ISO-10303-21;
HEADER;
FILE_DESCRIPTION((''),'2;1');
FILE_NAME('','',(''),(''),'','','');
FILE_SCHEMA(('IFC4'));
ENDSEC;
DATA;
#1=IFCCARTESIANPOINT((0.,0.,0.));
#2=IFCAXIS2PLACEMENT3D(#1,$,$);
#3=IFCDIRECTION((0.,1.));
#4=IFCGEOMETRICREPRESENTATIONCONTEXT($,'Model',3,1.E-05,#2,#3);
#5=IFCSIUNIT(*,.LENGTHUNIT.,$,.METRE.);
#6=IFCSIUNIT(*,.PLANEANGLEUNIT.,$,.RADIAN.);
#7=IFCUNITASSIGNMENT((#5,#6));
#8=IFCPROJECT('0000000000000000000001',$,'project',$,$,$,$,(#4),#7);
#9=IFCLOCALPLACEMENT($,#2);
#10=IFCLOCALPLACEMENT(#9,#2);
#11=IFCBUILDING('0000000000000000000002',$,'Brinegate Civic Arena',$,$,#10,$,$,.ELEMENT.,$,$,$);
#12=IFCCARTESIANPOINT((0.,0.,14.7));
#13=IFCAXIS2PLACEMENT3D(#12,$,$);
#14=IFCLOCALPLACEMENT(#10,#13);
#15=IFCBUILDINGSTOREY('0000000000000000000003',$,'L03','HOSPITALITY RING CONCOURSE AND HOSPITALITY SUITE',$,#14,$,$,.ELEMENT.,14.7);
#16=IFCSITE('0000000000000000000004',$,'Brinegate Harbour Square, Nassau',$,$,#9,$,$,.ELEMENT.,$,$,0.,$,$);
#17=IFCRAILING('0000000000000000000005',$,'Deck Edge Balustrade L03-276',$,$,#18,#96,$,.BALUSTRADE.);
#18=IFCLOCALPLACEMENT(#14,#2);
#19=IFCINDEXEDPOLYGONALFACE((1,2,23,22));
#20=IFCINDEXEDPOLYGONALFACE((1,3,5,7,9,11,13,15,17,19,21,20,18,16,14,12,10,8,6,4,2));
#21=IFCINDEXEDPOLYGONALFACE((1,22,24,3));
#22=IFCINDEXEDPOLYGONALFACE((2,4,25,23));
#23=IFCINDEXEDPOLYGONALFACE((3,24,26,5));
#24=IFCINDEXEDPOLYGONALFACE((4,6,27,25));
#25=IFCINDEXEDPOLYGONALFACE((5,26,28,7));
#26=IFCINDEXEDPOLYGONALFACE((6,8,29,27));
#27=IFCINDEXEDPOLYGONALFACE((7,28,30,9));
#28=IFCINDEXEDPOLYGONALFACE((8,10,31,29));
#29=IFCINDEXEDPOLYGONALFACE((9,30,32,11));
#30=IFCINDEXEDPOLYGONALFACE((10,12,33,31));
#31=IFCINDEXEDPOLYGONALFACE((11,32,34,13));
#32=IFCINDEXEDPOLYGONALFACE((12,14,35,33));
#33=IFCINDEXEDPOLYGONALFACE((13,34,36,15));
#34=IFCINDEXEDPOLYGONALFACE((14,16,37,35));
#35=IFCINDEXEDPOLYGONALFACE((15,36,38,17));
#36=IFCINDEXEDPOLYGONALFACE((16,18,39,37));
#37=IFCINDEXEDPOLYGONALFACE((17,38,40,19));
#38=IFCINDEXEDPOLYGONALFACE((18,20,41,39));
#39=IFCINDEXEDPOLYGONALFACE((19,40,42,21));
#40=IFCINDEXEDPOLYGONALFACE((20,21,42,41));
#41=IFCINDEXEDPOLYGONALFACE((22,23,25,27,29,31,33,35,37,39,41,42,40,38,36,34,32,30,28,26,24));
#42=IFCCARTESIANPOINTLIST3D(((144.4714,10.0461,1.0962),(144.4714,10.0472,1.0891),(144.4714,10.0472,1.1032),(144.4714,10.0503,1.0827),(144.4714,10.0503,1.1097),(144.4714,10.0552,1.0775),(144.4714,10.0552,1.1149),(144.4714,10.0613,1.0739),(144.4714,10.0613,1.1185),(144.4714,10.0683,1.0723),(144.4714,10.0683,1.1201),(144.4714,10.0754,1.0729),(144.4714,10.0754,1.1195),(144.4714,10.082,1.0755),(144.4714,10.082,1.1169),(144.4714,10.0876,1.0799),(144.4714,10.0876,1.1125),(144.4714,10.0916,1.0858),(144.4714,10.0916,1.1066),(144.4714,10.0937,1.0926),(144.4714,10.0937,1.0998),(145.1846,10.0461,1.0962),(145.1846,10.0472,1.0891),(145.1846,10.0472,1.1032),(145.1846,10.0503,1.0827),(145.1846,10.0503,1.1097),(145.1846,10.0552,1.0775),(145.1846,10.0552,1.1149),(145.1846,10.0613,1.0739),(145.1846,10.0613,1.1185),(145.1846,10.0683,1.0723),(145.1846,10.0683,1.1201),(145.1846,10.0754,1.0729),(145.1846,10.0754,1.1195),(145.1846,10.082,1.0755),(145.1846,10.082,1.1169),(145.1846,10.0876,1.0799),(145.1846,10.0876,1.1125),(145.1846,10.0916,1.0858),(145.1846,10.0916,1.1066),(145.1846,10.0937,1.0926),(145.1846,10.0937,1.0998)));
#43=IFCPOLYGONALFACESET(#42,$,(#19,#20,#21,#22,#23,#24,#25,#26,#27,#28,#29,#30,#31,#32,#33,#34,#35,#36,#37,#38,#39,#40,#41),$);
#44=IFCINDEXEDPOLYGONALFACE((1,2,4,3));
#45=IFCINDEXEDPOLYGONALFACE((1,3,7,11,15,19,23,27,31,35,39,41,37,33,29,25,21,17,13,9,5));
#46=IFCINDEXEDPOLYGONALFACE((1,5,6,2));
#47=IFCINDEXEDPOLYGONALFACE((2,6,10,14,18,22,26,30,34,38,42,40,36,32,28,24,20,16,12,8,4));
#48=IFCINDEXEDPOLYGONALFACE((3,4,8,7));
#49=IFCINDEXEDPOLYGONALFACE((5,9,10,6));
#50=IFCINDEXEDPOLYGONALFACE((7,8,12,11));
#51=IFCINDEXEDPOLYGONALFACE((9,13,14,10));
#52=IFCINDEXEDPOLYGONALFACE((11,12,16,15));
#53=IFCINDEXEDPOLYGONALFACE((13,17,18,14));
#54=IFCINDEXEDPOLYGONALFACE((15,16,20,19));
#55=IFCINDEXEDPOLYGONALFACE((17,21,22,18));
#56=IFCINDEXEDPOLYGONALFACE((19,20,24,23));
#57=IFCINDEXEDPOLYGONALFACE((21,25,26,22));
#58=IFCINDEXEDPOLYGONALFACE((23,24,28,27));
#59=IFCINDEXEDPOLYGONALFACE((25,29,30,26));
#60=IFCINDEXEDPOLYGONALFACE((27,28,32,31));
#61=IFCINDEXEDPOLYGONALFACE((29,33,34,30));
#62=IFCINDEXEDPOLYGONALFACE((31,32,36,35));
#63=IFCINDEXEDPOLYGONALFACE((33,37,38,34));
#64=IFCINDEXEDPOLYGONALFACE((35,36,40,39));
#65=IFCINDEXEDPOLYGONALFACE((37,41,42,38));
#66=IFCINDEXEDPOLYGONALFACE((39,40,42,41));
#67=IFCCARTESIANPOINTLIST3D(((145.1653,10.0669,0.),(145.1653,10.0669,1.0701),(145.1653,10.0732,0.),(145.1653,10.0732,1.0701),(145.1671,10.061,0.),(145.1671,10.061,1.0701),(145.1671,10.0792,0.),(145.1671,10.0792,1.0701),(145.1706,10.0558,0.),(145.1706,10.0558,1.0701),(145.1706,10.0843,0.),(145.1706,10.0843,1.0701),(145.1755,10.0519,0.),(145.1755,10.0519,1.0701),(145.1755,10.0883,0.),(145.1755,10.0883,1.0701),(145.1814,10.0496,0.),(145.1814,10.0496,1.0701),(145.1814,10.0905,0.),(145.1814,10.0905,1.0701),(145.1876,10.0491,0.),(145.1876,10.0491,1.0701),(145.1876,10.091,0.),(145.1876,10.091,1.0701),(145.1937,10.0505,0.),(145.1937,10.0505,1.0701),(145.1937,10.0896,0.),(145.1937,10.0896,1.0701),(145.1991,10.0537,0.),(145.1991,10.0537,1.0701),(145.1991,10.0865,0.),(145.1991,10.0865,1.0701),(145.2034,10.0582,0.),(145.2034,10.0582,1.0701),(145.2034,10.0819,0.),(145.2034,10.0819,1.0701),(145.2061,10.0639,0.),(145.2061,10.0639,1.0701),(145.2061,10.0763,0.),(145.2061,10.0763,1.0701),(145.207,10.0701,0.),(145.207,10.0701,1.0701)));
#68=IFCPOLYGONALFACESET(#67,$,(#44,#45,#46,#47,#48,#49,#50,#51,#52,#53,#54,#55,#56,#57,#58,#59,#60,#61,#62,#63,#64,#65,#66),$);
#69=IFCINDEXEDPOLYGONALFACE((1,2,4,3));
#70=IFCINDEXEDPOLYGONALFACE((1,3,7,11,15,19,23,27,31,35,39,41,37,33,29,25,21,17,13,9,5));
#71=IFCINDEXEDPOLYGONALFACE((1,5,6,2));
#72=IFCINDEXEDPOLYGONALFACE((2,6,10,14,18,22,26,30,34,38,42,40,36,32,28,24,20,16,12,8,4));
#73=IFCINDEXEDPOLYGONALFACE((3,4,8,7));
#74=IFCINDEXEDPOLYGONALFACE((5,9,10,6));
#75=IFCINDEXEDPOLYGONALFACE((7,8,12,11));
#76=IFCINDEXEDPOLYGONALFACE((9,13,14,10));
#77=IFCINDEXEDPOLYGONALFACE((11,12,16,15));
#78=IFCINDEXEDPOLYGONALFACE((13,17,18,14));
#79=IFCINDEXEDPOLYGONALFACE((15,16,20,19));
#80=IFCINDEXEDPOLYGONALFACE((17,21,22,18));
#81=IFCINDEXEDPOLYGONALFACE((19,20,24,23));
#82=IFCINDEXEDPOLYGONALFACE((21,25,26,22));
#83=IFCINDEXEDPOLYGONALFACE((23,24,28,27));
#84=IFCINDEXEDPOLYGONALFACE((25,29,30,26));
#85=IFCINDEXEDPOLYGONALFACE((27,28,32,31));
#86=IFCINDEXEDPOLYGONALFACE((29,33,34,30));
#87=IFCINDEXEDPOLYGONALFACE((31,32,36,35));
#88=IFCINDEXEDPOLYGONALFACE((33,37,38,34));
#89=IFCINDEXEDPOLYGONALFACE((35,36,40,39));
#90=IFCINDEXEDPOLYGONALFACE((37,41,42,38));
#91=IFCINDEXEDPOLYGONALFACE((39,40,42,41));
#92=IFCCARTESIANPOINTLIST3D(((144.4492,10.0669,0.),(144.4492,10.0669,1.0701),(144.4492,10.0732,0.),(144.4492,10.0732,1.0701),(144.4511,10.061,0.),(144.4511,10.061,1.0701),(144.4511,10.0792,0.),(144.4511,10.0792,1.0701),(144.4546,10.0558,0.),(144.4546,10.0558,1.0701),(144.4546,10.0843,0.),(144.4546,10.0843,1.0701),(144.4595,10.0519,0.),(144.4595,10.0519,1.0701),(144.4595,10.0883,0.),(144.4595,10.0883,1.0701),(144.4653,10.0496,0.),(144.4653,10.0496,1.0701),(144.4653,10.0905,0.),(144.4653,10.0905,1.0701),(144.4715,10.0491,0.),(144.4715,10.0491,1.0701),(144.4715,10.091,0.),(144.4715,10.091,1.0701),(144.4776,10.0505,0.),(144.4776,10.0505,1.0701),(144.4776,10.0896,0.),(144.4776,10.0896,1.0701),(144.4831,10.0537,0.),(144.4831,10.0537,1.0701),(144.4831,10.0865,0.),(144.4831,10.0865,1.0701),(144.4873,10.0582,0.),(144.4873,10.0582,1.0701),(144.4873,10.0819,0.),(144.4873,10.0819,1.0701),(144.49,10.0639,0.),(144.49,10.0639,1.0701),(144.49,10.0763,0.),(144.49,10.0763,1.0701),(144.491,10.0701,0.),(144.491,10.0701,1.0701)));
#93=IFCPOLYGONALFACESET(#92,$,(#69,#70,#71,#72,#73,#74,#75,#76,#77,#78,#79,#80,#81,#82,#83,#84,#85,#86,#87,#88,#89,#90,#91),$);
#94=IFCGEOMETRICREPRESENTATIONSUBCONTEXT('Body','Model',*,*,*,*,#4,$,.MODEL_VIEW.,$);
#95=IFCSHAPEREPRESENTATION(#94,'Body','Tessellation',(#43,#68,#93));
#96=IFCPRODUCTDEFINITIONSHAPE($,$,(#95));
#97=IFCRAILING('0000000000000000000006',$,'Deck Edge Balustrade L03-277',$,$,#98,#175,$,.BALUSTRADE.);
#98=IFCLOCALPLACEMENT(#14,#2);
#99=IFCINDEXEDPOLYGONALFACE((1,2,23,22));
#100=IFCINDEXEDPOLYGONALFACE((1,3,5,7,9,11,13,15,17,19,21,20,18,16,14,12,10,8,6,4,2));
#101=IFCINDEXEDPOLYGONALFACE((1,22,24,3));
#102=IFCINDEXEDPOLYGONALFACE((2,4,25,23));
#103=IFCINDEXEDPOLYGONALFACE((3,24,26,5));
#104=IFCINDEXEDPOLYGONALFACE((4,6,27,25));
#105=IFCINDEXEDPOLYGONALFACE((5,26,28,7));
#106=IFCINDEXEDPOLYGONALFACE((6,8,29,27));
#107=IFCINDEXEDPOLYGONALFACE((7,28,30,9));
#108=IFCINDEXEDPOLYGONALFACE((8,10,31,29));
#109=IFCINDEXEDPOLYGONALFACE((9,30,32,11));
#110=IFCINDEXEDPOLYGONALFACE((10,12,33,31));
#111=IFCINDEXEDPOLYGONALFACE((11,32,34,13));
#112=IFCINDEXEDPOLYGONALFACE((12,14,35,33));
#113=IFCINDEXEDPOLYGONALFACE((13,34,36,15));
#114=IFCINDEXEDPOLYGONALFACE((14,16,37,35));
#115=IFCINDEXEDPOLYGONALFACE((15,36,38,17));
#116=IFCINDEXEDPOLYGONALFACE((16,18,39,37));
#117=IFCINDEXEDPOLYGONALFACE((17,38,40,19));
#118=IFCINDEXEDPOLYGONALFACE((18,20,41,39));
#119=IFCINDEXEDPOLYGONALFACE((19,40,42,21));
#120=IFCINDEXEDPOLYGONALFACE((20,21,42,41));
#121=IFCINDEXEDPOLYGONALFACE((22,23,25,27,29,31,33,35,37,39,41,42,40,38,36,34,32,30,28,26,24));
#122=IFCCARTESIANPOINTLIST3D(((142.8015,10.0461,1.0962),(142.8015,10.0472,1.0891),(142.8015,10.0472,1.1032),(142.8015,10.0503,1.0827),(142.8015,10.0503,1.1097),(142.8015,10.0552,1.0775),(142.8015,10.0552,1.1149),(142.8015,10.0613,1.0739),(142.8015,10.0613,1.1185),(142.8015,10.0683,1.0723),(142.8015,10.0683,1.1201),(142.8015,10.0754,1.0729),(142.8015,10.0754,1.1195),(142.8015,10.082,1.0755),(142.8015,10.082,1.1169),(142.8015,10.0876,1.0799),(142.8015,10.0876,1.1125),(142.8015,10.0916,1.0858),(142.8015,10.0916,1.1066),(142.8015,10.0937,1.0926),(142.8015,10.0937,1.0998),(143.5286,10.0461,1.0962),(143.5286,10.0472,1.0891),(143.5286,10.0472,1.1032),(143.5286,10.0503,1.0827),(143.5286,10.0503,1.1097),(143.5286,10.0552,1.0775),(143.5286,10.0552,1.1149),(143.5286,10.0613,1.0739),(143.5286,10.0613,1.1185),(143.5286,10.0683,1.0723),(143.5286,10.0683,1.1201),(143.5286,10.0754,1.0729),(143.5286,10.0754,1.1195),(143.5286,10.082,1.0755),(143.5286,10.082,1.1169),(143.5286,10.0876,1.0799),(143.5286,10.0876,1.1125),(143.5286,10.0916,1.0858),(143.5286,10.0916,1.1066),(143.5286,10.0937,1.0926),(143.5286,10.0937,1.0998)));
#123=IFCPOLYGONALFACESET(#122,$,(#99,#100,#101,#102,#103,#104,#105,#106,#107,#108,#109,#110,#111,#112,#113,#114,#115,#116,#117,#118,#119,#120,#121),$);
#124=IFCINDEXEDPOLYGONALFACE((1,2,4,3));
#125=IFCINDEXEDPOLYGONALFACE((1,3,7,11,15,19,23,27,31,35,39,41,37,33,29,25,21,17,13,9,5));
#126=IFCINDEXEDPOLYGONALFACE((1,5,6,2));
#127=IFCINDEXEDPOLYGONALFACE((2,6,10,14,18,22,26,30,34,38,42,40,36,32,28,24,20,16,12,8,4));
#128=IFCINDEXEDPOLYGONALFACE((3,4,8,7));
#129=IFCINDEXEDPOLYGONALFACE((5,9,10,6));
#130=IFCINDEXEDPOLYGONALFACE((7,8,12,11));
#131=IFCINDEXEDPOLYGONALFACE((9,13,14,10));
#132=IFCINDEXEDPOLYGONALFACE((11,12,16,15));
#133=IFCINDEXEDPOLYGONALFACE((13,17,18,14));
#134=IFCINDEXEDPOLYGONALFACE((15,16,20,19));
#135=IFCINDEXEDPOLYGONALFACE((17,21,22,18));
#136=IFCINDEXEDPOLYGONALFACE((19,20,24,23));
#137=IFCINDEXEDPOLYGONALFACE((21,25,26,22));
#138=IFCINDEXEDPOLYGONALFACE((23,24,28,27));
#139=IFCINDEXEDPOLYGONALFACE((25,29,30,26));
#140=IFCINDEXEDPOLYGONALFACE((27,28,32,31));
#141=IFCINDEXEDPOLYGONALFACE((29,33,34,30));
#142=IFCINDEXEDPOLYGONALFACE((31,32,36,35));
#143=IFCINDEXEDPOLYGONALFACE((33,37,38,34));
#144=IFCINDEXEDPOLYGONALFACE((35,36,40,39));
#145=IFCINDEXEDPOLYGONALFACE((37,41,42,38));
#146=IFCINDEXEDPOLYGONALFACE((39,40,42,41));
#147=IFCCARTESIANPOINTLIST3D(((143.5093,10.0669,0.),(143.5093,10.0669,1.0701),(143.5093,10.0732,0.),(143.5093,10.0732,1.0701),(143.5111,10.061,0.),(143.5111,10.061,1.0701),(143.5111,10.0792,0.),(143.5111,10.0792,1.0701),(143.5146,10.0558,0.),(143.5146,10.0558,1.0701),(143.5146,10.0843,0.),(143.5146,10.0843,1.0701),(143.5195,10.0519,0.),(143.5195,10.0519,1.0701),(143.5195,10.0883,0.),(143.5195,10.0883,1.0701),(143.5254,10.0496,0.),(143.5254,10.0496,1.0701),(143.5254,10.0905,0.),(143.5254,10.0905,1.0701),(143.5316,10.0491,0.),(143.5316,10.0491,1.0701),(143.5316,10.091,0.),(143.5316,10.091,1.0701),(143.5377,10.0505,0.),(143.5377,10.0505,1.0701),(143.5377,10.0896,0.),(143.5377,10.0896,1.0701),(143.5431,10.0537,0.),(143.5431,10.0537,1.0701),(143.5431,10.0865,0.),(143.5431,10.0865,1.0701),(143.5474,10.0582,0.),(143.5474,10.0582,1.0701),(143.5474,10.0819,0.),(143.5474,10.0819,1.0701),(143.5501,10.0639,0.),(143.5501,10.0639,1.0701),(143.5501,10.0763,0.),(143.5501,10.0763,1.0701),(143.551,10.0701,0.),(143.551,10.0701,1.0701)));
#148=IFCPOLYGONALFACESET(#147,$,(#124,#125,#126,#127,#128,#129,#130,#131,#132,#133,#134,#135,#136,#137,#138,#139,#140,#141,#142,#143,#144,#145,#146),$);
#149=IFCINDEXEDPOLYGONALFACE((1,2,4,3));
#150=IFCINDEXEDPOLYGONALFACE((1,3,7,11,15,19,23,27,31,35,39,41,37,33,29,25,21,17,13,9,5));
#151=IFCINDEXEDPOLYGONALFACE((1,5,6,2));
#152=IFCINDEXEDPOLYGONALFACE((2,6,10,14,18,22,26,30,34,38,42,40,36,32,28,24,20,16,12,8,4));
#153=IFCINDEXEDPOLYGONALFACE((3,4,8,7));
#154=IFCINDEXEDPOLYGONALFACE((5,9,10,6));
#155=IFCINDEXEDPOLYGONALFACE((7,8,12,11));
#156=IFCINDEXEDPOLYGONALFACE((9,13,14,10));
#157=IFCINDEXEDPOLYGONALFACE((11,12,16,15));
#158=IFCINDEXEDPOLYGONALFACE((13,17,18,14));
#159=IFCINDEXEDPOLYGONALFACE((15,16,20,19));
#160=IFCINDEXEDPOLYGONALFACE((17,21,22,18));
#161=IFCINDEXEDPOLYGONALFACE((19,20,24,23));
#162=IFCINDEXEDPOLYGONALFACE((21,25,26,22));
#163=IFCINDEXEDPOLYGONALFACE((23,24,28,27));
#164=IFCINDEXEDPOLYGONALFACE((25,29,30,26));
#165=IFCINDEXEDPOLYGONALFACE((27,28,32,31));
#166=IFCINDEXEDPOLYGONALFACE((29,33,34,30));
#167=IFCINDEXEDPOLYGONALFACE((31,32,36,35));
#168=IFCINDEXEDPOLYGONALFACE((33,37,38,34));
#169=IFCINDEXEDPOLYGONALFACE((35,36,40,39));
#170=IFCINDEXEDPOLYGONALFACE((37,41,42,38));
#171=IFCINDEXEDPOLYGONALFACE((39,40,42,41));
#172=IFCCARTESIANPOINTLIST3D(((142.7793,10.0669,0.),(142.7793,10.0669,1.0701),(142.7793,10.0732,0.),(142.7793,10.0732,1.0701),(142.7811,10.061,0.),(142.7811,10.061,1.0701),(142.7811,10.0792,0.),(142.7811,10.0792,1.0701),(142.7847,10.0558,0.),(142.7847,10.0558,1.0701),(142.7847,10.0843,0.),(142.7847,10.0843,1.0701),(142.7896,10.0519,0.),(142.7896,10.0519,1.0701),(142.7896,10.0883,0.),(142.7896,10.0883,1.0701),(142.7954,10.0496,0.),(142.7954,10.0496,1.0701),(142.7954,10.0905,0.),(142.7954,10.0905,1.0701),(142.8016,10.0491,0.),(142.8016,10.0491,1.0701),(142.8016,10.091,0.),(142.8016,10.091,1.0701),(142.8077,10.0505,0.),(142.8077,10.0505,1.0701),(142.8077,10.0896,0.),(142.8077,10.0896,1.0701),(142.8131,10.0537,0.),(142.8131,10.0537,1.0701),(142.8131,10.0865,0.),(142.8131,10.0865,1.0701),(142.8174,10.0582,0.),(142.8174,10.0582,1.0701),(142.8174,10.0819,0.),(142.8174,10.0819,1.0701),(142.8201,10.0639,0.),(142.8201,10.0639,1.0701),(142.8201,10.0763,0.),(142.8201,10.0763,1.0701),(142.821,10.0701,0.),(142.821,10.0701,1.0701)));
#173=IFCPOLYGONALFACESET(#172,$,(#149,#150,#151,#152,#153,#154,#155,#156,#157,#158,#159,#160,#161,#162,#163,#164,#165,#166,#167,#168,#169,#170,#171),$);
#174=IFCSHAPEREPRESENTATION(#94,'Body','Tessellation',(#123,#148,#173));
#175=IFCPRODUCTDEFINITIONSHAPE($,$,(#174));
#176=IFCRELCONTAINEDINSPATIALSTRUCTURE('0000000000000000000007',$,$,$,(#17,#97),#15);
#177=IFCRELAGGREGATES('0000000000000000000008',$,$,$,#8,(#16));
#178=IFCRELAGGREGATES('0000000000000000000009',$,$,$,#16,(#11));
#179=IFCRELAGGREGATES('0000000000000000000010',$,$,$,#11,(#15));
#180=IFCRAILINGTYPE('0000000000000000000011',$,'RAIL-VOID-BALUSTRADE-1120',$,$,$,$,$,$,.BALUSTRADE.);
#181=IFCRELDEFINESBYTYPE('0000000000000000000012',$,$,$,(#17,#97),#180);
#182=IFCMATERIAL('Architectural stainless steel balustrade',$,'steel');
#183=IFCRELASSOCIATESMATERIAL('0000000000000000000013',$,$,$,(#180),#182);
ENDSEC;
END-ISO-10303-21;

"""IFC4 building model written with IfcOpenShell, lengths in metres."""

from ifc_helpers import new_model, si_unit, direction, frame, origin, origin_2d, place, context, subcontext, project, spatial, circle, extrude, material, type_object, element, save


model = new_model("IFC4")

# Units and contexts
model_context = context("Model", 3, precision=1e-05, world=origin(), true_north=direction((0.0, 1.0)))
body_context = subcontext(model_context, "Body", "Model", "MODEL_VIEW")
ifc_project = project(units=[si_unit("LENGTHUNIT", "METRE"), si_unit("PLANEANGLEUNIT", "RADIAN")], contexts=[model_context])

# Site, building, storey
site_placement = place(None, origin())
site = spatial("IfcSite", under=ifc_project, at=site_placement, Name="Brinegate Harbour Square, Nassau", CompositionType="ELEMENT", RefElevation=0.0)
building_placement = place(site_placement, origin())
building = spatial("IfcBuilding", under=site, at=building_placement, Name="Brinegate Civic Arena", CompositionType="ELEMENT")
storey_placement = place(building_placement, frame((0.0, 0.0, 14.7)))
storey = spatial("IfcBuildingStorey", under=building, at=storey_placement, Name="L03", Description="HOSPITALITY RING CONCOURSE AND HOSPITALITY SUITE", CompositionType="ELEMENT", Elevation=14.7)

# Railings
ifc_material_1 = material(Name="Architectural stainless steel balustrade", Category="steel")
railing_type_1 = type_object("IfcRailingType", Name="RAIL-VOID-BALUSTRADE-1120", PredefinedType="BALUSTRADE", material=ifc_material_1)
railing_1_placement = place(storey_placement, frame((145.186, 10.0701, 0.0)))
element("IfcRailing", 1, at=railing_1_placement, inside=storey, type_object=railing_type_1, Name="Deck Edge Balustrade L03-276", PredefinedType="BALUSTRADE", context=body_context, shape_type="SweptSolid", body=[
    extrude(circle(Radius=0.0239, at=origin_2d()), frame((-0.0015, 0.0, 1.0962), z_axis=(-1.0, 0.0, 0.0), x_axis=(0.0, -1.0, 0.0)), (0.0, 0.0, 1.0), 0.7131),
    extrude(circle(Radius=0.021, at=origin_2d()), origin(), (0.0, 0.0, 1.0), 1.0701),
    extrude(circle(Radius=0.021, at=origin_2d()), frame((-0.7161, 0.0, 0.0)), (0.0, 0.0, 1.0), 1.0701),
])
railing_2_placement = place(storey_placement, frame((143.53, 10.0701, 0.0)))
element("IfcRailing", 2, at=railing_2_placement, inside=storey, type_object=railing_type_1, Name="Deck Edge Balustrade L03-277", PredefinedType="BALUSTRADE", context=body_context, shape_type="SweptSolid", body=[
    extrude(circle(Radius=0.0239, at=origin_2d()), frame((-0.0015, 0.0, 1.0962), z_axis=(-1.0, 0.0, 0.0), x_axis=(0.0, -1.0, 0.0)), (0.0, 0.0, 1.0), 0.7271),
    extrude(circle(Radius=0.021, at=origin_2d()), origin(), (0.0, 0.0, 1.0), 1.0701),
    extrude(circle(Radius=0.021, at=origin_2d()), frame((-0.73, 0.0, 0.0)), (0.0, 0.0, 1.0), 1.0701),
])

save(model, "model.ifc")
